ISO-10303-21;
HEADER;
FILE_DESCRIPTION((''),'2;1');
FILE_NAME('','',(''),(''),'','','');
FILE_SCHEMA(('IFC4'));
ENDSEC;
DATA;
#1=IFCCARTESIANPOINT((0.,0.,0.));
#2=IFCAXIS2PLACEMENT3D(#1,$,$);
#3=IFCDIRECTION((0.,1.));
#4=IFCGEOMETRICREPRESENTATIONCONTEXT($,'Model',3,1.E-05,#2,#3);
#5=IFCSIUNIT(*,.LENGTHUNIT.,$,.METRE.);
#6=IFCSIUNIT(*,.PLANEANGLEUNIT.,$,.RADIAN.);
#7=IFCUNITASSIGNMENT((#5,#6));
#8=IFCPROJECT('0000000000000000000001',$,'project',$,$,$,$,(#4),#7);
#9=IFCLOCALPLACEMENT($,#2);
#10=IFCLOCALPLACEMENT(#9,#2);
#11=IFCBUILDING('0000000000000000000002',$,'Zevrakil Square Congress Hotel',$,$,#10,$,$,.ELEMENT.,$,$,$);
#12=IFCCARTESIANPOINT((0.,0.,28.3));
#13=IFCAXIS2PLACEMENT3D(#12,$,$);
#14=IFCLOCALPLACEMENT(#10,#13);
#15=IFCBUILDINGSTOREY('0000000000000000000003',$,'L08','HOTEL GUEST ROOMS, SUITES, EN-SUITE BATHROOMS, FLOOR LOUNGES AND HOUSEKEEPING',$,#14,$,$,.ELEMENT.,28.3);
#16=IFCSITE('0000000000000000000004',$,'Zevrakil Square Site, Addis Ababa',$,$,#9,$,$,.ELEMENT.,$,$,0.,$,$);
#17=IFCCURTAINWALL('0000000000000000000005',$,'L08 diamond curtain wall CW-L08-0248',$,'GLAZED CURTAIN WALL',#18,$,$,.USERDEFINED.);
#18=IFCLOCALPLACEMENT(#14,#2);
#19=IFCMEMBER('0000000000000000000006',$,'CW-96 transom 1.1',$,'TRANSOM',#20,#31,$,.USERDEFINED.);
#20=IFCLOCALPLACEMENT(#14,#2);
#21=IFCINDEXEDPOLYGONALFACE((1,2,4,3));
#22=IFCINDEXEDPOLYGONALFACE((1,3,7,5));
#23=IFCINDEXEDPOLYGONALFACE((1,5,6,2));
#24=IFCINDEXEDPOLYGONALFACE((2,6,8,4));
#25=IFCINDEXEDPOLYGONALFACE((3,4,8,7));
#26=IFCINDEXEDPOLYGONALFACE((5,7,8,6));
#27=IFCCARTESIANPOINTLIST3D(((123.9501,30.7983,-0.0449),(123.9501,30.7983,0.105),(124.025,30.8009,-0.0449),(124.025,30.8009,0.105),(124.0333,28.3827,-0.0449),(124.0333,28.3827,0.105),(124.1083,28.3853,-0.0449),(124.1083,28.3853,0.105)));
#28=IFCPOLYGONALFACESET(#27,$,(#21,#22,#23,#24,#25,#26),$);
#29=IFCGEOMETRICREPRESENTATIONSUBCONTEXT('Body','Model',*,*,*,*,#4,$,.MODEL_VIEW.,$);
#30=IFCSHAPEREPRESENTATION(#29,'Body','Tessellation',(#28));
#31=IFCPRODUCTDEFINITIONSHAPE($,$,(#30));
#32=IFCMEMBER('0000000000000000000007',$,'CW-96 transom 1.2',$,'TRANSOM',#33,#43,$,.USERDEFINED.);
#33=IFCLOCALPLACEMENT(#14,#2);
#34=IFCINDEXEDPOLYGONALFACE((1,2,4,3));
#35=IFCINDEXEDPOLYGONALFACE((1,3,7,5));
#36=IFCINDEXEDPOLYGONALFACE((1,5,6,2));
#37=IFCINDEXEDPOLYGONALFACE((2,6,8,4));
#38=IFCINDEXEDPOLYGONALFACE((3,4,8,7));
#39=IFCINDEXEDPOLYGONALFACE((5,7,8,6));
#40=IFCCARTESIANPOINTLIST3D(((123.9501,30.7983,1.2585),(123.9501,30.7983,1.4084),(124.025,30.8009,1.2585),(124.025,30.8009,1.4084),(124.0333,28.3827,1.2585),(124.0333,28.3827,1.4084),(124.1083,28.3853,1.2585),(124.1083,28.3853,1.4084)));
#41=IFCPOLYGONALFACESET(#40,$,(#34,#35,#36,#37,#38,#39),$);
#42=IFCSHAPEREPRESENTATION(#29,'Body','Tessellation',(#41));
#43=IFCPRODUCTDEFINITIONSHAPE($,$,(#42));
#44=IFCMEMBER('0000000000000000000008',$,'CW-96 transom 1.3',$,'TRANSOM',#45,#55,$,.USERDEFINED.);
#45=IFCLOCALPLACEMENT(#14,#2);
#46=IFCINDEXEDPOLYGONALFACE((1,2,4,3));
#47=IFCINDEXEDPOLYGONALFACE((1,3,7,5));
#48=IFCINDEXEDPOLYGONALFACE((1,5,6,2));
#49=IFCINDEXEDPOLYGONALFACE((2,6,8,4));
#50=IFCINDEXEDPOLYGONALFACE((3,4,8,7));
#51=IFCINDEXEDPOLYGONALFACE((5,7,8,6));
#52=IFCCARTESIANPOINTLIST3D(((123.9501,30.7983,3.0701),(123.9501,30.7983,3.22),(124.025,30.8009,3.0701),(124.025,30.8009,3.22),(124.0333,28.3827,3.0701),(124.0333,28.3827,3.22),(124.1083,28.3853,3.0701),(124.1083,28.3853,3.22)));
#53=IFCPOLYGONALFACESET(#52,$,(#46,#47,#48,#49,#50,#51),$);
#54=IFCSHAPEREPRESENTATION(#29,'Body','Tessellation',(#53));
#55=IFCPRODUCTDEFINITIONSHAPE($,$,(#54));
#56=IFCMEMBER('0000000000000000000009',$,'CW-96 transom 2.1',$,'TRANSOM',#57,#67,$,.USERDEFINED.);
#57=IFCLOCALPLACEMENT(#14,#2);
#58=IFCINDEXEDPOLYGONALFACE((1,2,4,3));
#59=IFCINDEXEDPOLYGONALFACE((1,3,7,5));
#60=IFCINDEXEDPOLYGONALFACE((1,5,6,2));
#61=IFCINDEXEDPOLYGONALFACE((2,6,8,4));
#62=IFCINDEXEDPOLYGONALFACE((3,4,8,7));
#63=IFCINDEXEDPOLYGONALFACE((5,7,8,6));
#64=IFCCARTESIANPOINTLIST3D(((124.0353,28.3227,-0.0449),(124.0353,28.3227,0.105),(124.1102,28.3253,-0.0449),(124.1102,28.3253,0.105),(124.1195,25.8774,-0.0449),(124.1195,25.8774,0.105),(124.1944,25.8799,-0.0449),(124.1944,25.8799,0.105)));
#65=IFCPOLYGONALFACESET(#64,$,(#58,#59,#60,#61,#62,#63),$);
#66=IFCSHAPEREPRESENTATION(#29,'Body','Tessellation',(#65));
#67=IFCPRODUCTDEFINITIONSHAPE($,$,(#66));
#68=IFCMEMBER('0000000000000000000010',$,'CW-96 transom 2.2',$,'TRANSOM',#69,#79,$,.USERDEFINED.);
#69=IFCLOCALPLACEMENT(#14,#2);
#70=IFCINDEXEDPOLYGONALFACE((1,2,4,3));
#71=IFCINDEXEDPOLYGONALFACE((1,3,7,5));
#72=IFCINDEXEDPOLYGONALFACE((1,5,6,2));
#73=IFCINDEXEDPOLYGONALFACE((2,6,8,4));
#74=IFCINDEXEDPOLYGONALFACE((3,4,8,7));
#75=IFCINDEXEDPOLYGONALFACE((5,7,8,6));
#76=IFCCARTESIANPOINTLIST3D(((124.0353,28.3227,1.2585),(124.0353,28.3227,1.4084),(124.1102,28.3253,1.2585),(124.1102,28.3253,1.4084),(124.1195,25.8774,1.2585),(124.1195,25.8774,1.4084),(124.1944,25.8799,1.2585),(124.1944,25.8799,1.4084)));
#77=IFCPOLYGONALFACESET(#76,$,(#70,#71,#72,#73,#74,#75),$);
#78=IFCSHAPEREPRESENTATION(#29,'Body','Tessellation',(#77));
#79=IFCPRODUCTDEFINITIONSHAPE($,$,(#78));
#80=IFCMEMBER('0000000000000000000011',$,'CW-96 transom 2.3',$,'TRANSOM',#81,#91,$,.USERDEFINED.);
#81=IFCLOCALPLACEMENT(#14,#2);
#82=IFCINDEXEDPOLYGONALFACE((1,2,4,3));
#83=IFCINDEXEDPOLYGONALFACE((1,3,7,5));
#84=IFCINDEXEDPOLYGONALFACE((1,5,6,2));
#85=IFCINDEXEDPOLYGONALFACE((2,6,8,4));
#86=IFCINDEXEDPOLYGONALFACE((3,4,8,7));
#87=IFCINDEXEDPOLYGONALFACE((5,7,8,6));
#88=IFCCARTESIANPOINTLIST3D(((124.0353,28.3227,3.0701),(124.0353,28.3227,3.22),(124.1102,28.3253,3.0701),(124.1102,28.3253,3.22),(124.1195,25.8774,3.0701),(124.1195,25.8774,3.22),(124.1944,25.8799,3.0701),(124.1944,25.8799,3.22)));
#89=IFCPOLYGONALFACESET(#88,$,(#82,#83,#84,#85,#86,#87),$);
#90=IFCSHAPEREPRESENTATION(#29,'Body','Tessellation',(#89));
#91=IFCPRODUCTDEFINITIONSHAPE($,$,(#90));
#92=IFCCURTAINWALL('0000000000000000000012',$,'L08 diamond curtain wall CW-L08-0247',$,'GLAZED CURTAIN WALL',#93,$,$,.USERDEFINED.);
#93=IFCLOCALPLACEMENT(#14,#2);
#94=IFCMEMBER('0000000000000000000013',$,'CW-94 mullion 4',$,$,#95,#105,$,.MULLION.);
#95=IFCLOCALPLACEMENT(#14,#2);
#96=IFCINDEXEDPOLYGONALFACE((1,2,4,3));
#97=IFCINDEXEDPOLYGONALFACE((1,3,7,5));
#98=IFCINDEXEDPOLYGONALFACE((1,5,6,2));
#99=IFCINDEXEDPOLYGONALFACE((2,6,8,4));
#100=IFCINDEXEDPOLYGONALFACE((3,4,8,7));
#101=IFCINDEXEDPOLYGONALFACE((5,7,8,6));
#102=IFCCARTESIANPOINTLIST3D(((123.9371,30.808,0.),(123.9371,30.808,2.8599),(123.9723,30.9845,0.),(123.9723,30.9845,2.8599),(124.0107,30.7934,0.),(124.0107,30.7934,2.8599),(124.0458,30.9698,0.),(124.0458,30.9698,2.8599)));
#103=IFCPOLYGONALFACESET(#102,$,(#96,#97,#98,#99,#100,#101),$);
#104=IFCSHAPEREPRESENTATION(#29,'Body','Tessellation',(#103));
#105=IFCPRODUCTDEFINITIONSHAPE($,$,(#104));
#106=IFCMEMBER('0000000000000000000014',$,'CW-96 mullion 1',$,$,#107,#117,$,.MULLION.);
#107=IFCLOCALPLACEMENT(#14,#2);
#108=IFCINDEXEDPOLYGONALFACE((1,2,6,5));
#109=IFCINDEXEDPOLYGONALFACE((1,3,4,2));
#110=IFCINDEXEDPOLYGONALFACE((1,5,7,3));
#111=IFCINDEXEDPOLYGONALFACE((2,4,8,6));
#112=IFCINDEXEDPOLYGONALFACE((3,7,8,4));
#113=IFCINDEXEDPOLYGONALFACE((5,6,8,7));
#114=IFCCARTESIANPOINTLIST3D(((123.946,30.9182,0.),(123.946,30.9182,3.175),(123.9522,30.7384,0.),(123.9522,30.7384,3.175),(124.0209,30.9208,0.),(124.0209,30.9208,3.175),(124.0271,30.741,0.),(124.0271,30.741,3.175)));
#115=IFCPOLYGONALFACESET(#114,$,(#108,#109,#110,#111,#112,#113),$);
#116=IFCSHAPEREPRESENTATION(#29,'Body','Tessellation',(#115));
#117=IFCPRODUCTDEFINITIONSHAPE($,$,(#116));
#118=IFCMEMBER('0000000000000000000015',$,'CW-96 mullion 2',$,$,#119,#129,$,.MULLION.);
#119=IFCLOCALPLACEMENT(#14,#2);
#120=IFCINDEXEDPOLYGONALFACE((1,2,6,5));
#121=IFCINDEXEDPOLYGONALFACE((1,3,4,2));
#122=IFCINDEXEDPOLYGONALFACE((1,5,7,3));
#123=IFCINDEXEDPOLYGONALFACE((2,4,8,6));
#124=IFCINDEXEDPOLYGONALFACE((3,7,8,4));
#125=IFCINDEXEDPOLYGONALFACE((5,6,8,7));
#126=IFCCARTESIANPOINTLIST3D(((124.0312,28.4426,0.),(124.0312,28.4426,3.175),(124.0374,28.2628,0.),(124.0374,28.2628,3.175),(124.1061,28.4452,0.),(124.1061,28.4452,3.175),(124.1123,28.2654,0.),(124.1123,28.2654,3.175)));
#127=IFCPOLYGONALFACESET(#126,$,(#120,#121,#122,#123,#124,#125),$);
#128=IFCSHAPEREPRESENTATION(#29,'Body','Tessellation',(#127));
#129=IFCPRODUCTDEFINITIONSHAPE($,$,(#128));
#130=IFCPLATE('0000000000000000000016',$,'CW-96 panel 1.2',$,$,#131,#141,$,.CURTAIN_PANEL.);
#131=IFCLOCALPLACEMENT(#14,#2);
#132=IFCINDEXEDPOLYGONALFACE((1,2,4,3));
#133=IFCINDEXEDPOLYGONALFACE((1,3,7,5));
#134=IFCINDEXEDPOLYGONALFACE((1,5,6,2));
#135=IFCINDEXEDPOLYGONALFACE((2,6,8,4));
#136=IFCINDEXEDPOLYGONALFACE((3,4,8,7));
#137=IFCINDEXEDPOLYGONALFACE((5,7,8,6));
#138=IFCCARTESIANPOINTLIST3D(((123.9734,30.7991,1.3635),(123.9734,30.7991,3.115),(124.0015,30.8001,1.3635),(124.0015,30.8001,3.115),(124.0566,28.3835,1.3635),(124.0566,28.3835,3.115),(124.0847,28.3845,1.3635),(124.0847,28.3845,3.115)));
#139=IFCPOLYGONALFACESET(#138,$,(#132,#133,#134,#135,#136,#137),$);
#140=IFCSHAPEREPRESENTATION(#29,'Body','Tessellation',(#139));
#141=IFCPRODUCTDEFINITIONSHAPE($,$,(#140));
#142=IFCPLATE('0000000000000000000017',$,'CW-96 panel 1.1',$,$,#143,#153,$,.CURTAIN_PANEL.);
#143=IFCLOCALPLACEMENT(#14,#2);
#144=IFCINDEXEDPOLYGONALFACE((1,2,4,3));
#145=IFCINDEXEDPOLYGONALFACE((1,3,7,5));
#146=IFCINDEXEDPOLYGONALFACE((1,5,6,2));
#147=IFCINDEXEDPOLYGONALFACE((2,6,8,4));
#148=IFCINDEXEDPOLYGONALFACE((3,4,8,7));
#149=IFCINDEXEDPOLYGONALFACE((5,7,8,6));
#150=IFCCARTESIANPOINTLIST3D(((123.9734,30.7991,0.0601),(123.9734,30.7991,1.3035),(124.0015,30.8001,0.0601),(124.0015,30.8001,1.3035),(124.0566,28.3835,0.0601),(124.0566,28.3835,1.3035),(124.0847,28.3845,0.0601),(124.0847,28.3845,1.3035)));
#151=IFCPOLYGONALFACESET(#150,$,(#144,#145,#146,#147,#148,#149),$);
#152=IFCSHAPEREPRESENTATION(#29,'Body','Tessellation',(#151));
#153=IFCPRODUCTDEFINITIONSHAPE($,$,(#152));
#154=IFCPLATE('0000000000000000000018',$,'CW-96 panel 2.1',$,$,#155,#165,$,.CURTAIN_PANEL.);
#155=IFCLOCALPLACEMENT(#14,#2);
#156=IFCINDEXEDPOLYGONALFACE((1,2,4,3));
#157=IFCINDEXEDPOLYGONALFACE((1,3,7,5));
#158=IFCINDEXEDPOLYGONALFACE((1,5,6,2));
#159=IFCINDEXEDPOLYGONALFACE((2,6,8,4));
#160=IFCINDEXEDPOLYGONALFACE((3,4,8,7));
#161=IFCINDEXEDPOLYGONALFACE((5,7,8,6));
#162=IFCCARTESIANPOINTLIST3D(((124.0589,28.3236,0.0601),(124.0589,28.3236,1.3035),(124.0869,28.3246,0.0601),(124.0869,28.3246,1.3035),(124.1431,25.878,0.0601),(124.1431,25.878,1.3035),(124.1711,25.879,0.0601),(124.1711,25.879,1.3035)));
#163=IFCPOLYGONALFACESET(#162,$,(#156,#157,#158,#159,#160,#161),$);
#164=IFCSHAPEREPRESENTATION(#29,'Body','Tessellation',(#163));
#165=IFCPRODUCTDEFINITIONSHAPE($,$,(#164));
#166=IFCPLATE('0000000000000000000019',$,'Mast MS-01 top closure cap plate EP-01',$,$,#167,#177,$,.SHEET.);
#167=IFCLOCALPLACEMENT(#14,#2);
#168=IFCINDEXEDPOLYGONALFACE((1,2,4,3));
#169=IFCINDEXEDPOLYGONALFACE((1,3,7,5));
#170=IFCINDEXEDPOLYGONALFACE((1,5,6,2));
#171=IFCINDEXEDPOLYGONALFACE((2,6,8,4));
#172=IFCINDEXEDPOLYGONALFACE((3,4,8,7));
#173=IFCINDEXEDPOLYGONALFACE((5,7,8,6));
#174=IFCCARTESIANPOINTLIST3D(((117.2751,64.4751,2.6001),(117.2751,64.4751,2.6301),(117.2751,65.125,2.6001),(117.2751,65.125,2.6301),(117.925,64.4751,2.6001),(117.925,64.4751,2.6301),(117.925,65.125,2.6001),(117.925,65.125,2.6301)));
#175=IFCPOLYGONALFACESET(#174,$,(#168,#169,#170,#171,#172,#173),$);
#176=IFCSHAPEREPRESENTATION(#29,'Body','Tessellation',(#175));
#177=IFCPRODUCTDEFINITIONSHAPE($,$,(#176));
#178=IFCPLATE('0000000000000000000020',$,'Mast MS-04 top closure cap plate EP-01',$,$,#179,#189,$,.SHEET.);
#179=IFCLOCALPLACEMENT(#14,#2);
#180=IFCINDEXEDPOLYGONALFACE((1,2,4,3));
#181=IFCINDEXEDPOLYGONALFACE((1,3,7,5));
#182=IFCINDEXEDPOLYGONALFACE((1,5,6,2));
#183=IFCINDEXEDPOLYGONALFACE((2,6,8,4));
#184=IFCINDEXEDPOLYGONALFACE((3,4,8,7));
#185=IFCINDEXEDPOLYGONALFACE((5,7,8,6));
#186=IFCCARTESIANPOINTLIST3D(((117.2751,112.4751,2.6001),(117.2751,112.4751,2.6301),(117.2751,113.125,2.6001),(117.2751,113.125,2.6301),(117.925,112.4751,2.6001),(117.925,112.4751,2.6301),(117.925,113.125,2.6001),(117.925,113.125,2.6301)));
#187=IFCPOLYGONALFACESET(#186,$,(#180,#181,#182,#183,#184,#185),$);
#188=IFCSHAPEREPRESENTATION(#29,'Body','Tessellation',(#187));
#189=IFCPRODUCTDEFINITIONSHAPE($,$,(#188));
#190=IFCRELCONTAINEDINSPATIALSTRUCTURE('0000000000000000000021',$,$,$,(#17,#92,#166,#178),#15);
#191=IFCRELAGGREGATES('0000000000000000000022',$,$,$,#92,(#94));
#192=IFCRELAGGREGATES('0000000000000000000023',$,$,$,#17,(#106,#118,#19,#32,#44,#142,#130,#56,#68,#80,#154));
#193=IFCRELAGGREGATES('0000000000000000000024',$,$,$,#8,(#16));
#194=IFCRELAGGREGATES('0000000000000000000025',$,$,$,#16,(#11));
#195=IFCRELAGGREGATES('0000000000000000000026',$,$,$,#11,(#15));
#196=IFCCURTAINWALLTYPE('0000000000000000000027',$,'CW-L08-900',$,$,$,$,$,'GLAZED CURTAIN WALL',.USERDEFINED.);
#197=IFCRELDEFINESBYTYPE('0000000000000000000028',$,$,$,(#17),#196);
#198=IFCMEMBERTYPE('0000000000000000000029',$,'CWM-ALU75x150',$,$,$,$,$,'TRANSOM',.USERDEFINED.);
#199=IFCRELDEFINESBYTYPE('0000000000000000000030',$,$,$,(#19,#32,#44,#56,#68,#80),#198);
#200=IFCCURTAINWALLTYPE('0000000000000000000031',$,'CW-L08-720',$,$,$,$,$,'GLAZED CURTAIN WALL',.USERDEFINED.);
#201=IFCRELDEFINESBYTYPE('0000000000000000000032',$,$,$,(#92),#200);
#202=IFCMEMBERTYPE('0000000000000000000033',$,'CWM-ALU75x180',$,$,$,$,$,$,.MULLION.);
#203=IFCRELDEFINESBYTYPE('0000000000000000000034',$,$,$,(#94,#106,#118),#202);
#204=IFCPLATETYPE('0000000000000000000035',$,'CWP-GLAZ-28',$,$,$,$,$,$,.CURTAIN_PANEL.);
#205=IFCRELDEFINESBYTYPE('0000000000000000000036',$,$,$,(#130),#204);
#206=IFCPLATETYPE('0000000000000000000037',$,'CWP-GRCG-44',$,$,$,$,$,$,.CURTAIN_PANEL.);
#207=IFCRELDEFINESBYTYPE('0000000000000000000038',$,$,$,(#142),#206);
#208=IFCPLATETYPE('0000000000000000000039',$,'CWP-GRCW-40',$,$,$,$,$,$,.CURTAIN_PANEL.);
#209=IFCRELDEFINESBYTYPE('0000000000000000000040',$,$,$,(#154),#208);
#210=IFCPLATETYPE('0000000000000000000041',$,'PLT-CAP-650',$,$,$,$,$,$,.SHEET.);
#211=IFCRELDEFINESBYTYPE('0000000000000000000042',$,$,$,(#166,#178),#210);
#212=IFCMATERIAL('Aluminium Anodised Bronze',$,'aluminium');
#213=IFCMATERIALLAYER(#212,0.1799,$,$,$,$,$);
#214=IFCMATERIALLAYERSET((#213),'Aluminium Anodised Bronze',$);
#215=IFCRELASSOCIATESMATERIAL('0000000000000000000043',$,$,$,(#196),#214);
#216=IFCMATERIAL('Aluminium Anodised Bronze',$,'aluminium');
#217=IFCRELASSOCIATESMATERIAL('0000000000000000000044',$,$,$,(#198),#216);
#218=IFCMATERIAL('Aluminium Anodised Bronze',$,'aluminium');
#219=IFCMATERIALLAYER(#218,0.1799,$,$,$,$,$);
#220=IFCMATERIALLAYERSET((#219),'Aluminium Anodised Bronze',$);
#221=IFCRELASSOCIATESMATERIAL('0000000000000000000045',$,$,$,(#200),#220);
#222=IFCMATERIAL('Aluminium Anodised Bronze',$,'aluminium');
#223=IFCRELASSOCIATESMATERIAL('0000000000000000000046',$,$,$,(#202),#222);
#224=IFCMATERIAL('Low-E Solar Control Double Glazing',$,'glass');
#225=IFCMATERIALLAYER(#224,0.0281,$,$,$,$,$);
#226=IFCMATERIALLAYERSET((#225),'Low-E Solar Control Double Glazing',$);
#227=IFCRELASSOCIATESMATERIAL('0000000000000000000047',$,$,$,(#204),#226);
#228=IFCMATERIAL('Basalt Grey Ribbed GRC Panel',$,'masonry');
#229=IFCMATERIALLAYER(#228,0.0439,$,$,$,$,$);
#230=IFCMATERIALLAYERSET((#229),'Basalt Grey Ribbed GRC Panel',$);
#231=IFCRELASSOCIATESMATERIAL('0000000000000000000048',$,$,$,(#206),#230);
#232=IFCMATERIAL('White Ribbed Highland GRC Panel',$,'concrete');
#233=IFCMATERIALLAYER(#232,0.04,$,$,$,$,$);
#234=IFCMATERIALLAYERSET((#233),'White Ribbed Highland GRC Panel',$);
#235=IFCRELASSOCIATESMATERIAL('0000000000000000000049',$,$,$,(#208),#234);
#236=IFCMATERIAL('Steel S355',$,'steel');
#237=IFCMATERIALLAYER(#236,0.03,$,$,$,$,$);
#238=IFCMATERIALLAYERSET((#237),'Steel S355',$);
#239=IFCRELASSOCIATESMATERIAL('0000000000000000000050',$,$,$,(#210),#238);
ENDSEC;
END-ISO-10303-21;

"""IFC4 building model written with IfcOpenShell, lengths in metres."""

from ifc_helpers import new_model, si_unit, direction, frame, origin, origin_2d, place, context, subcontext, project, spatial, rectangle, extrude, material, layer, layer_set, material_profile, profile_set, type_object, element, aggregate, save


model = new_model("IFC4")

# Units and contexts
model_context = context("Model", 3, precision=1e-05, world=origin(), true_north=direction((0.0, 1.0)))
body_context = subcontext(model_context, "Body", "Model", "MODEL_VIEW")
ifc_project = project(units=[si_unit("LENGTHUNIT", "METRE"), si_unit("PLANEANGLEUNIT", "RADIAN")], contexts=[model_context])

# Site, building, storey
site_placement = place(None, origin())
site = spatial("IfcSite", under=ifc_project, at=site_placement, Name="Zevrakil Square Site, Addis Ababa", CompositionType="ELEMENT", RefElevation=0.0)
building_placement = place(site_placement, origin())
building = spatial("IfcBuilding", under=site, at=building_placement, Name="Zevrakil Square Congress Hotel", CompositionType="ELEMENT")
storey_placement = place(building_placement, frame((0.0, 0.0, 28.3)))
storey = spatial("IfcBuildingStorey", under=building, at=storey_placement, Name="L08", Description="HOTEL GUEST ROOMS, SUITES, EN-SUITE BATHROOMS, FLOOR LOUNGES AND HOUSEKEEPING", CompositionType="ELEMENT", Elevation=28.3)

# Curtain wall, members
ifc_material_1 = material(Name="Aluminium Anodised Bronze", Category="aluminium")
ifc_layer_1 = layer(ifc_material_1, 0.1799)
ifc_layer_set_1 = layer_set([ifc_layer_1], Name="Aluminium Anodised Bronze")
curtain_wall_type_1 = type_object("IfcCurtainWallType", Name="CW-L08-900", ElementType="GLAZED CURTAIN WALL", PredefinedType="USERDEFINED", material=ifc_layer_set_1)
curtain_wall_1_placement = place(storey_placement, origin())
curtain_wall_1 = element("IfcCurtainWall", 1, at=curtain_wall_1_placement, inside=storey, type_object=curtain_wall_type_1, Name="L08 diamond curtain wall CW-L08-0248", ObjectType="GLAZED CURTAIN WALL", PredefinedType="USERDEFINED")
ifc_material_2 = material(Name="Aluminium Anodised Bronze", Category="aluminium")
ifc_material_profile_1 = material_profile(ifc_material_2, rectangle(XDim=0.075, YDim=0.1499, at=origin_2d()), Name="ALU 75x150")
ifc_profile_set_1 = profile_set([ifc_material_profile_1], Name="Aluminium Anodised Bronze")
member_type_1 = type_object("IfcMemberType", Name="CWM-ALU75x150", ElementType="TRANSOM", PredefinedType="USERDEFINED", material=ifc_profile_set_1)
member_1_placement = place(storey_placement, frame((123.9875, 30.7996, 0.03), z_axis=(0.034445, -0.999407, 0.0), x_axis=(0.999407, 0.034445, 0.0)))
member_1 = element("IfcMember", 2, at=member_1_placement, type_object=member_type_1, Name="CW-96 transom 1.1", ObjectType="TRANSOM", PredefinedType="USERDEFINED", context=body_context, shape_type="SweptSolid", body=[
    extrude(rectangle(XDim=0.075, YDim=0.1499, at=origin_2d()), origin(), (0.0, 0.0, 1.0), 2.417),
])
member_2_placement = place(storey_placement, frame((123.9875, 30.7996, 1.3335), z_axis=(0.034445, -0.999407, 0.0), x_axis=(0.999407, 0.034445, 0.0)))
member_2 = element("IfcMember", 3, at=member_2_placement, type_object=member_type_1, Name="CW-96 transom 1.2", ObjectType="TRANSOM", PredefinedType="USERDEFINED", context=body_context, shape_type="SweptSolid", body=[
    extrude(rectangle(XDim=0.075, YDim=0.1499, at=origin_2d()), origin(), (0.0, 0.0, 1.0), 2.417),
])
member_3_placement = place(storey_placement, frame((123.9875, 30.7996, 3.145), z_axis=(0.034445, -0.999407, 0.0), x_axis=(0.999407, 0.034445, 0.0)))
member_3 = element("IfcMember", 4, at=member_3_placement, type_object=member_type_1, Name="CW-96 transom 1.3", ObjectType="TRANSOM", PredefinedType="USERDEFINED", context=body_context, shape_type="SweptSolid", body=[
    extrude(rectangle(XDim=0.075, YDim=0.1499, at=origin_2d()), origin(), (0.0, 0.0, 1.0), 2.417),
])
member_4_placement = place(storey_placement, frame((124.0728, 28.324, 0.03), z_axis=(0.034424, -0.999407, 0.0), x_axis=(0.999407, 0.034424, 0.0)))
member_4 = element("IfcMember", 5, at=member_4_placement, type_object=member_type_1, Name="CW-96 transom 2.1", ObjectType="TRANSOM", PredefinedType="USERDEFINED", context=body_context, shape_type="SweptSolid", body=[
    extrude(rectangle(XDim=0.075, YDim=0.1499, at=origin_2d()), origin(), (0.0, 0.0, 1.0), 2.4468),
])
member_5_placement = place(storey_placement, frame((124.0728, 28.324, 1.3335), z_axis=(0.034424, -0.999407, 0.0), x_axis=(0.999407, 0.034424, 0.0)))
member_5 = element("IfcMember", 6, at=member_5_placement, type_object=member_type_1, Name="CW-96 transom 2.2", ObjectType="TRANSOM", PredefinedType="USERDEFINED", context=body_context, shape_type="SweptSolid", body=[
    extrude(rectangle(XDim=0.075, YDim=0.1499, at=origin_2d()), origin(), (0.0, 0.0, 1.0), 2.4468),
])
member_6_placement = place(storey_placement, frame((124.0728, 28.324, 3.145), z_axis=(0.034424, -0.999407, 0.0), x_axis=(0.999407, 0.034424, 0.0)))
member_6 = element("IfcMember", 7, at=member_6_placement, type_object=member_type_1, Name="CW-96 transom 2.3", ObjectType="TRANSOM", PredefinedType="USERDEFINED", context=body_context, shape_type="SweptSolid", body=[
    extrude(rectangle(XDim=0.075, YDim=0.1499, at=origin_2d()), origin(), (0.0, 0.0, 1.0), 2.4468),
])

# Curtain wall, member
ifc_material_3 = material(Name="Aluminium Anodised Bronze", Category="aluminium")
ifc_layer_2 = layer(ifc_material_3, 0.1799)
ifc_layer_set_2 = layer_set([ifc_layer_2], Name="Aluminium Anodised Bronze")
curtain_wall_type_2 = type_object("IfcCurtainWallType", Name="CW-L08-720", ElementType="GLAZED CURTAIN WALL", PredefinedType="USERDEFINED", material=ifc_layer_set_2)
curtain_wall_2_placement = place(storey_placement, origin())
curtain_wall_2 = element("IfcCurtainWall", 8, at=curtain_wall_2_placement, inside=storey, type_object=curtain_wall_type_2, Name="L08 diamond curtain wall CW-L08-0247", ObjectType="GLAZED CURTAIN WALL", PredefinedType="USERDEFINED")
ifc_material_4 = material(Name="Aluminium Anodised Bronze", Category="aluminium")
ifc_material_profile_2 = material_profile(ifc_material_4, rectangle(XDim=0.075, YDim=0.1799, at=origin_2d()), Name="ALU 75x180")
ifc_profile_set_2 = profile_set([ifc_material_profile_2], Name="Aluminium Anodised Bronze")
member_type_2 = type_object("IfcMemberType", Name="CWM-ALU75x180", PredefinedType="MULLION", material=ifc_profile_set_2)
member_7_placement = place(storey_placement, frame((123.9915, 30.8889, 0.0), z_axis=(0.0, 0.0, 1.0), x_axis=(0.980787, -0.195084, 0.0)))
member_7 = element("IfcMember", 9, at=member_7_placement, type_object=member_type_2, Name="CW-94 mullion 4", PredefinedType="MULLION", context=body_context, shape_type="SweptSolid", body=[
    extrude(rectangle(XDim=0.075, YDim=0.1799, at=origin_2d()), origin(), (0.0, 0.0, 1.0), 2.8599),
])
aggregate(curtain_wall_2, [member_7])

# Members
member_8_placement = place(storey_placement, frame((123.9866, 30.8296, 0.0), z_axis=(0.0, 0.0, 1.0), x_axis=(0.999408, 0.034405, 0.0)))
member_8 = element("IfcMember", 10, at=member_8_placement, type_object=member_type_2, Name="CW-96 mullion 1", PredefinedType="MULLION", context=body_context, shape_type="SweptSolid", body=[
    extrude(rectangle(XDim=0.075, YDim=0.1799, at=origin_2d()), origin(), (0.0, 0.0, 1.0), 3.175),
])
member_9_placement = place(storey_placement, frame((124.0718, 28.354, 0.0), z_axis=(0.0, 0.0, 1.0), x_axis=(0.999408, 0.034405, 0.0)))
member_9 = element("IfcMember", 11, at=member_9_placement, type_object=member_type_2, Name="CW-96 mullion 2", PredefinedType="MULLION", context=body_context, shape_type="SweptSolid", body=[
    extrude(rectangle(XDim=0.075, YDim=0.1799, at=origin_2d()), origin(), (0.0, 0.0, 1.0), 3.175),
])

# Plates
ifc_material_5 = material(Name="Low-E Solar Control Double Glazing", Category="glass")
ifc_layer_3 = layer(ifc_material_5, 0.0281)
ifc_layer_set_3 = layer_set([ifc_layer_3], Name="Low-E Solar Control Double Glazing")
plate_type_1 = type_object("IfcPlateType", Name="CWP-GLAZ-28", PredefinedType="CURTAIN_PANEL", material=ifc_layer_set_3)
plate_1_placement = place(storey_placement, frame((124.0291, 29.5918, 1.3635), z_axis=(0.0, 0.0, 1.0), x_axis=(0.034405, -0.999408, 0.0)))
plate_1 = element("IfcPlate", 12, at=plate_1_placement, type_object=plate_type_1, Name="CW-96 panel 1.2", PredefinedType="CURTAIN_PANEL", context=body_context, shape_type="SweptSolid", body=[
    extrude(rectangle(XDim=2.417, YDim=0.0281, at=origin_2d()), origin(), (0.0, 0.0, 1.0), 1.7515),
])
ifc_material_6 = material(Name="Basalt Grey Ribbed GRC Panel", Category="masonry")
ifc_layer_4 = layer(ifc_material_6, 0.0439)
ifc_layer_set_4 = layer_set([ifc_layer_4], Name="Basalt Grey Ribbed GRC Panel")
plate_type_2 = type_object("IfcPlateType", Name="CWP-GRCG-44", PredefinedType="CURTAIN_PANEL", material=ifc_layer_set_4)
plate_2_placement = place(storey_placement, frame((124.0291, 29.5918, 0.0601), z_axis=(0.0, 0.0, 1.0), x_axis=(0.034405, -0.999408, 0.0)))
plate_2 = element("IfcPlate", 13, at=plate_2_placement, type_object=plate_type_2, Name="CW-96 panel 1.1", PredefinedType="CURTAIN_PANEL", context=body_context, shape_type="SweptSolid", body=[
    extrude(rectangle(XDim=2.417, YDim=0.0281, at=origin_2d()), origin(), (0.0, 0.0, 1.0), 1.2434),
])
ifc_material_7 = material(Name="White Ribbed Highland GRC Panel", Category="concrete")
ifc_layer_5 = layer(ifc_material_7, 0.04)
ifc_layer_set_5 = layer_set([ifc_layer_5], Name="White Ribbed Highland GRC Panel")
plate_type_3 = type_object("IfcPlateType", Name="CWP-GRCW-40", PredefinedType="CURTAIN_PANEL", material=ifc_layer_set_5)
plate_3_placement = place(storey_placement, frame((124.115, 27.1013, 0.0601), z_axis=(0.0, 0.0, 1.0), x_axis=(0.034405, -0.999408, 0.0)))
plate_3 = element("IfcPlate", 14, at=plate_3_placement, type_object=plate_type_3, Name="CW-96 panel 2.1", PredefinedType="CURTAIN_PANEL", context=body_context, shape_type="SweptSolid", body=[
    extrude(rectangle(XDim=2.447, YDim=0.0281, at=origin_2d()), origin(), (0.0, 0.0, 1.0), 1.2434),
])
aggregate(curtain_wall_1, [member_8, member_9, member_1, member_2, member_3, plate_2, plate_1, member_4, member_5, member_6, plate_3])

# Plates
ifc_material_8 = material(Name="Steel S355", Category="steel")
ifc_layer_6 = layer(ifc_material_8, 0.03)
ifc_layer_set_6 = layer_set([ifc_layer_6], Name="Steel S355")
plate_type_4 = type_object("IfcPlateType", Name="PLT-CAP-650", PredefinedType="SHEET", material=ifc_layer_set_6)
for number, where, z_axis, x_axis, name in (
    (15, (117.6001, 64.8, 2.6001), (0.0, 0.0, 1.0), (1.0, 0.0, 0.0), "Mast MS-01 top closure cap plate EP-01"),
    (16, (117.6001, 112.8, 2.6001), (0.0, 0.0, 1.0), (1.0, 0.0, 0.0), "Mast MS-04 top closure cap plate EP-01"),
):
    element("IfcPlate", number, at=place(storey_placement, frame(where, z_axis=z_axis, x_axis=x_axis)), inside=storey, type_object=plate_type_4, Name=name, PredefinedType="SHEET", context=body_context, shape_type="SweptSolid", body=[
        extrude(rectangle(XDim=0.6499, YDim=0.6499, at=origin_2d()), origin(), (0.0, 0.0, 1.0), 0.03),
    ])

save(model, "model.ifc")
